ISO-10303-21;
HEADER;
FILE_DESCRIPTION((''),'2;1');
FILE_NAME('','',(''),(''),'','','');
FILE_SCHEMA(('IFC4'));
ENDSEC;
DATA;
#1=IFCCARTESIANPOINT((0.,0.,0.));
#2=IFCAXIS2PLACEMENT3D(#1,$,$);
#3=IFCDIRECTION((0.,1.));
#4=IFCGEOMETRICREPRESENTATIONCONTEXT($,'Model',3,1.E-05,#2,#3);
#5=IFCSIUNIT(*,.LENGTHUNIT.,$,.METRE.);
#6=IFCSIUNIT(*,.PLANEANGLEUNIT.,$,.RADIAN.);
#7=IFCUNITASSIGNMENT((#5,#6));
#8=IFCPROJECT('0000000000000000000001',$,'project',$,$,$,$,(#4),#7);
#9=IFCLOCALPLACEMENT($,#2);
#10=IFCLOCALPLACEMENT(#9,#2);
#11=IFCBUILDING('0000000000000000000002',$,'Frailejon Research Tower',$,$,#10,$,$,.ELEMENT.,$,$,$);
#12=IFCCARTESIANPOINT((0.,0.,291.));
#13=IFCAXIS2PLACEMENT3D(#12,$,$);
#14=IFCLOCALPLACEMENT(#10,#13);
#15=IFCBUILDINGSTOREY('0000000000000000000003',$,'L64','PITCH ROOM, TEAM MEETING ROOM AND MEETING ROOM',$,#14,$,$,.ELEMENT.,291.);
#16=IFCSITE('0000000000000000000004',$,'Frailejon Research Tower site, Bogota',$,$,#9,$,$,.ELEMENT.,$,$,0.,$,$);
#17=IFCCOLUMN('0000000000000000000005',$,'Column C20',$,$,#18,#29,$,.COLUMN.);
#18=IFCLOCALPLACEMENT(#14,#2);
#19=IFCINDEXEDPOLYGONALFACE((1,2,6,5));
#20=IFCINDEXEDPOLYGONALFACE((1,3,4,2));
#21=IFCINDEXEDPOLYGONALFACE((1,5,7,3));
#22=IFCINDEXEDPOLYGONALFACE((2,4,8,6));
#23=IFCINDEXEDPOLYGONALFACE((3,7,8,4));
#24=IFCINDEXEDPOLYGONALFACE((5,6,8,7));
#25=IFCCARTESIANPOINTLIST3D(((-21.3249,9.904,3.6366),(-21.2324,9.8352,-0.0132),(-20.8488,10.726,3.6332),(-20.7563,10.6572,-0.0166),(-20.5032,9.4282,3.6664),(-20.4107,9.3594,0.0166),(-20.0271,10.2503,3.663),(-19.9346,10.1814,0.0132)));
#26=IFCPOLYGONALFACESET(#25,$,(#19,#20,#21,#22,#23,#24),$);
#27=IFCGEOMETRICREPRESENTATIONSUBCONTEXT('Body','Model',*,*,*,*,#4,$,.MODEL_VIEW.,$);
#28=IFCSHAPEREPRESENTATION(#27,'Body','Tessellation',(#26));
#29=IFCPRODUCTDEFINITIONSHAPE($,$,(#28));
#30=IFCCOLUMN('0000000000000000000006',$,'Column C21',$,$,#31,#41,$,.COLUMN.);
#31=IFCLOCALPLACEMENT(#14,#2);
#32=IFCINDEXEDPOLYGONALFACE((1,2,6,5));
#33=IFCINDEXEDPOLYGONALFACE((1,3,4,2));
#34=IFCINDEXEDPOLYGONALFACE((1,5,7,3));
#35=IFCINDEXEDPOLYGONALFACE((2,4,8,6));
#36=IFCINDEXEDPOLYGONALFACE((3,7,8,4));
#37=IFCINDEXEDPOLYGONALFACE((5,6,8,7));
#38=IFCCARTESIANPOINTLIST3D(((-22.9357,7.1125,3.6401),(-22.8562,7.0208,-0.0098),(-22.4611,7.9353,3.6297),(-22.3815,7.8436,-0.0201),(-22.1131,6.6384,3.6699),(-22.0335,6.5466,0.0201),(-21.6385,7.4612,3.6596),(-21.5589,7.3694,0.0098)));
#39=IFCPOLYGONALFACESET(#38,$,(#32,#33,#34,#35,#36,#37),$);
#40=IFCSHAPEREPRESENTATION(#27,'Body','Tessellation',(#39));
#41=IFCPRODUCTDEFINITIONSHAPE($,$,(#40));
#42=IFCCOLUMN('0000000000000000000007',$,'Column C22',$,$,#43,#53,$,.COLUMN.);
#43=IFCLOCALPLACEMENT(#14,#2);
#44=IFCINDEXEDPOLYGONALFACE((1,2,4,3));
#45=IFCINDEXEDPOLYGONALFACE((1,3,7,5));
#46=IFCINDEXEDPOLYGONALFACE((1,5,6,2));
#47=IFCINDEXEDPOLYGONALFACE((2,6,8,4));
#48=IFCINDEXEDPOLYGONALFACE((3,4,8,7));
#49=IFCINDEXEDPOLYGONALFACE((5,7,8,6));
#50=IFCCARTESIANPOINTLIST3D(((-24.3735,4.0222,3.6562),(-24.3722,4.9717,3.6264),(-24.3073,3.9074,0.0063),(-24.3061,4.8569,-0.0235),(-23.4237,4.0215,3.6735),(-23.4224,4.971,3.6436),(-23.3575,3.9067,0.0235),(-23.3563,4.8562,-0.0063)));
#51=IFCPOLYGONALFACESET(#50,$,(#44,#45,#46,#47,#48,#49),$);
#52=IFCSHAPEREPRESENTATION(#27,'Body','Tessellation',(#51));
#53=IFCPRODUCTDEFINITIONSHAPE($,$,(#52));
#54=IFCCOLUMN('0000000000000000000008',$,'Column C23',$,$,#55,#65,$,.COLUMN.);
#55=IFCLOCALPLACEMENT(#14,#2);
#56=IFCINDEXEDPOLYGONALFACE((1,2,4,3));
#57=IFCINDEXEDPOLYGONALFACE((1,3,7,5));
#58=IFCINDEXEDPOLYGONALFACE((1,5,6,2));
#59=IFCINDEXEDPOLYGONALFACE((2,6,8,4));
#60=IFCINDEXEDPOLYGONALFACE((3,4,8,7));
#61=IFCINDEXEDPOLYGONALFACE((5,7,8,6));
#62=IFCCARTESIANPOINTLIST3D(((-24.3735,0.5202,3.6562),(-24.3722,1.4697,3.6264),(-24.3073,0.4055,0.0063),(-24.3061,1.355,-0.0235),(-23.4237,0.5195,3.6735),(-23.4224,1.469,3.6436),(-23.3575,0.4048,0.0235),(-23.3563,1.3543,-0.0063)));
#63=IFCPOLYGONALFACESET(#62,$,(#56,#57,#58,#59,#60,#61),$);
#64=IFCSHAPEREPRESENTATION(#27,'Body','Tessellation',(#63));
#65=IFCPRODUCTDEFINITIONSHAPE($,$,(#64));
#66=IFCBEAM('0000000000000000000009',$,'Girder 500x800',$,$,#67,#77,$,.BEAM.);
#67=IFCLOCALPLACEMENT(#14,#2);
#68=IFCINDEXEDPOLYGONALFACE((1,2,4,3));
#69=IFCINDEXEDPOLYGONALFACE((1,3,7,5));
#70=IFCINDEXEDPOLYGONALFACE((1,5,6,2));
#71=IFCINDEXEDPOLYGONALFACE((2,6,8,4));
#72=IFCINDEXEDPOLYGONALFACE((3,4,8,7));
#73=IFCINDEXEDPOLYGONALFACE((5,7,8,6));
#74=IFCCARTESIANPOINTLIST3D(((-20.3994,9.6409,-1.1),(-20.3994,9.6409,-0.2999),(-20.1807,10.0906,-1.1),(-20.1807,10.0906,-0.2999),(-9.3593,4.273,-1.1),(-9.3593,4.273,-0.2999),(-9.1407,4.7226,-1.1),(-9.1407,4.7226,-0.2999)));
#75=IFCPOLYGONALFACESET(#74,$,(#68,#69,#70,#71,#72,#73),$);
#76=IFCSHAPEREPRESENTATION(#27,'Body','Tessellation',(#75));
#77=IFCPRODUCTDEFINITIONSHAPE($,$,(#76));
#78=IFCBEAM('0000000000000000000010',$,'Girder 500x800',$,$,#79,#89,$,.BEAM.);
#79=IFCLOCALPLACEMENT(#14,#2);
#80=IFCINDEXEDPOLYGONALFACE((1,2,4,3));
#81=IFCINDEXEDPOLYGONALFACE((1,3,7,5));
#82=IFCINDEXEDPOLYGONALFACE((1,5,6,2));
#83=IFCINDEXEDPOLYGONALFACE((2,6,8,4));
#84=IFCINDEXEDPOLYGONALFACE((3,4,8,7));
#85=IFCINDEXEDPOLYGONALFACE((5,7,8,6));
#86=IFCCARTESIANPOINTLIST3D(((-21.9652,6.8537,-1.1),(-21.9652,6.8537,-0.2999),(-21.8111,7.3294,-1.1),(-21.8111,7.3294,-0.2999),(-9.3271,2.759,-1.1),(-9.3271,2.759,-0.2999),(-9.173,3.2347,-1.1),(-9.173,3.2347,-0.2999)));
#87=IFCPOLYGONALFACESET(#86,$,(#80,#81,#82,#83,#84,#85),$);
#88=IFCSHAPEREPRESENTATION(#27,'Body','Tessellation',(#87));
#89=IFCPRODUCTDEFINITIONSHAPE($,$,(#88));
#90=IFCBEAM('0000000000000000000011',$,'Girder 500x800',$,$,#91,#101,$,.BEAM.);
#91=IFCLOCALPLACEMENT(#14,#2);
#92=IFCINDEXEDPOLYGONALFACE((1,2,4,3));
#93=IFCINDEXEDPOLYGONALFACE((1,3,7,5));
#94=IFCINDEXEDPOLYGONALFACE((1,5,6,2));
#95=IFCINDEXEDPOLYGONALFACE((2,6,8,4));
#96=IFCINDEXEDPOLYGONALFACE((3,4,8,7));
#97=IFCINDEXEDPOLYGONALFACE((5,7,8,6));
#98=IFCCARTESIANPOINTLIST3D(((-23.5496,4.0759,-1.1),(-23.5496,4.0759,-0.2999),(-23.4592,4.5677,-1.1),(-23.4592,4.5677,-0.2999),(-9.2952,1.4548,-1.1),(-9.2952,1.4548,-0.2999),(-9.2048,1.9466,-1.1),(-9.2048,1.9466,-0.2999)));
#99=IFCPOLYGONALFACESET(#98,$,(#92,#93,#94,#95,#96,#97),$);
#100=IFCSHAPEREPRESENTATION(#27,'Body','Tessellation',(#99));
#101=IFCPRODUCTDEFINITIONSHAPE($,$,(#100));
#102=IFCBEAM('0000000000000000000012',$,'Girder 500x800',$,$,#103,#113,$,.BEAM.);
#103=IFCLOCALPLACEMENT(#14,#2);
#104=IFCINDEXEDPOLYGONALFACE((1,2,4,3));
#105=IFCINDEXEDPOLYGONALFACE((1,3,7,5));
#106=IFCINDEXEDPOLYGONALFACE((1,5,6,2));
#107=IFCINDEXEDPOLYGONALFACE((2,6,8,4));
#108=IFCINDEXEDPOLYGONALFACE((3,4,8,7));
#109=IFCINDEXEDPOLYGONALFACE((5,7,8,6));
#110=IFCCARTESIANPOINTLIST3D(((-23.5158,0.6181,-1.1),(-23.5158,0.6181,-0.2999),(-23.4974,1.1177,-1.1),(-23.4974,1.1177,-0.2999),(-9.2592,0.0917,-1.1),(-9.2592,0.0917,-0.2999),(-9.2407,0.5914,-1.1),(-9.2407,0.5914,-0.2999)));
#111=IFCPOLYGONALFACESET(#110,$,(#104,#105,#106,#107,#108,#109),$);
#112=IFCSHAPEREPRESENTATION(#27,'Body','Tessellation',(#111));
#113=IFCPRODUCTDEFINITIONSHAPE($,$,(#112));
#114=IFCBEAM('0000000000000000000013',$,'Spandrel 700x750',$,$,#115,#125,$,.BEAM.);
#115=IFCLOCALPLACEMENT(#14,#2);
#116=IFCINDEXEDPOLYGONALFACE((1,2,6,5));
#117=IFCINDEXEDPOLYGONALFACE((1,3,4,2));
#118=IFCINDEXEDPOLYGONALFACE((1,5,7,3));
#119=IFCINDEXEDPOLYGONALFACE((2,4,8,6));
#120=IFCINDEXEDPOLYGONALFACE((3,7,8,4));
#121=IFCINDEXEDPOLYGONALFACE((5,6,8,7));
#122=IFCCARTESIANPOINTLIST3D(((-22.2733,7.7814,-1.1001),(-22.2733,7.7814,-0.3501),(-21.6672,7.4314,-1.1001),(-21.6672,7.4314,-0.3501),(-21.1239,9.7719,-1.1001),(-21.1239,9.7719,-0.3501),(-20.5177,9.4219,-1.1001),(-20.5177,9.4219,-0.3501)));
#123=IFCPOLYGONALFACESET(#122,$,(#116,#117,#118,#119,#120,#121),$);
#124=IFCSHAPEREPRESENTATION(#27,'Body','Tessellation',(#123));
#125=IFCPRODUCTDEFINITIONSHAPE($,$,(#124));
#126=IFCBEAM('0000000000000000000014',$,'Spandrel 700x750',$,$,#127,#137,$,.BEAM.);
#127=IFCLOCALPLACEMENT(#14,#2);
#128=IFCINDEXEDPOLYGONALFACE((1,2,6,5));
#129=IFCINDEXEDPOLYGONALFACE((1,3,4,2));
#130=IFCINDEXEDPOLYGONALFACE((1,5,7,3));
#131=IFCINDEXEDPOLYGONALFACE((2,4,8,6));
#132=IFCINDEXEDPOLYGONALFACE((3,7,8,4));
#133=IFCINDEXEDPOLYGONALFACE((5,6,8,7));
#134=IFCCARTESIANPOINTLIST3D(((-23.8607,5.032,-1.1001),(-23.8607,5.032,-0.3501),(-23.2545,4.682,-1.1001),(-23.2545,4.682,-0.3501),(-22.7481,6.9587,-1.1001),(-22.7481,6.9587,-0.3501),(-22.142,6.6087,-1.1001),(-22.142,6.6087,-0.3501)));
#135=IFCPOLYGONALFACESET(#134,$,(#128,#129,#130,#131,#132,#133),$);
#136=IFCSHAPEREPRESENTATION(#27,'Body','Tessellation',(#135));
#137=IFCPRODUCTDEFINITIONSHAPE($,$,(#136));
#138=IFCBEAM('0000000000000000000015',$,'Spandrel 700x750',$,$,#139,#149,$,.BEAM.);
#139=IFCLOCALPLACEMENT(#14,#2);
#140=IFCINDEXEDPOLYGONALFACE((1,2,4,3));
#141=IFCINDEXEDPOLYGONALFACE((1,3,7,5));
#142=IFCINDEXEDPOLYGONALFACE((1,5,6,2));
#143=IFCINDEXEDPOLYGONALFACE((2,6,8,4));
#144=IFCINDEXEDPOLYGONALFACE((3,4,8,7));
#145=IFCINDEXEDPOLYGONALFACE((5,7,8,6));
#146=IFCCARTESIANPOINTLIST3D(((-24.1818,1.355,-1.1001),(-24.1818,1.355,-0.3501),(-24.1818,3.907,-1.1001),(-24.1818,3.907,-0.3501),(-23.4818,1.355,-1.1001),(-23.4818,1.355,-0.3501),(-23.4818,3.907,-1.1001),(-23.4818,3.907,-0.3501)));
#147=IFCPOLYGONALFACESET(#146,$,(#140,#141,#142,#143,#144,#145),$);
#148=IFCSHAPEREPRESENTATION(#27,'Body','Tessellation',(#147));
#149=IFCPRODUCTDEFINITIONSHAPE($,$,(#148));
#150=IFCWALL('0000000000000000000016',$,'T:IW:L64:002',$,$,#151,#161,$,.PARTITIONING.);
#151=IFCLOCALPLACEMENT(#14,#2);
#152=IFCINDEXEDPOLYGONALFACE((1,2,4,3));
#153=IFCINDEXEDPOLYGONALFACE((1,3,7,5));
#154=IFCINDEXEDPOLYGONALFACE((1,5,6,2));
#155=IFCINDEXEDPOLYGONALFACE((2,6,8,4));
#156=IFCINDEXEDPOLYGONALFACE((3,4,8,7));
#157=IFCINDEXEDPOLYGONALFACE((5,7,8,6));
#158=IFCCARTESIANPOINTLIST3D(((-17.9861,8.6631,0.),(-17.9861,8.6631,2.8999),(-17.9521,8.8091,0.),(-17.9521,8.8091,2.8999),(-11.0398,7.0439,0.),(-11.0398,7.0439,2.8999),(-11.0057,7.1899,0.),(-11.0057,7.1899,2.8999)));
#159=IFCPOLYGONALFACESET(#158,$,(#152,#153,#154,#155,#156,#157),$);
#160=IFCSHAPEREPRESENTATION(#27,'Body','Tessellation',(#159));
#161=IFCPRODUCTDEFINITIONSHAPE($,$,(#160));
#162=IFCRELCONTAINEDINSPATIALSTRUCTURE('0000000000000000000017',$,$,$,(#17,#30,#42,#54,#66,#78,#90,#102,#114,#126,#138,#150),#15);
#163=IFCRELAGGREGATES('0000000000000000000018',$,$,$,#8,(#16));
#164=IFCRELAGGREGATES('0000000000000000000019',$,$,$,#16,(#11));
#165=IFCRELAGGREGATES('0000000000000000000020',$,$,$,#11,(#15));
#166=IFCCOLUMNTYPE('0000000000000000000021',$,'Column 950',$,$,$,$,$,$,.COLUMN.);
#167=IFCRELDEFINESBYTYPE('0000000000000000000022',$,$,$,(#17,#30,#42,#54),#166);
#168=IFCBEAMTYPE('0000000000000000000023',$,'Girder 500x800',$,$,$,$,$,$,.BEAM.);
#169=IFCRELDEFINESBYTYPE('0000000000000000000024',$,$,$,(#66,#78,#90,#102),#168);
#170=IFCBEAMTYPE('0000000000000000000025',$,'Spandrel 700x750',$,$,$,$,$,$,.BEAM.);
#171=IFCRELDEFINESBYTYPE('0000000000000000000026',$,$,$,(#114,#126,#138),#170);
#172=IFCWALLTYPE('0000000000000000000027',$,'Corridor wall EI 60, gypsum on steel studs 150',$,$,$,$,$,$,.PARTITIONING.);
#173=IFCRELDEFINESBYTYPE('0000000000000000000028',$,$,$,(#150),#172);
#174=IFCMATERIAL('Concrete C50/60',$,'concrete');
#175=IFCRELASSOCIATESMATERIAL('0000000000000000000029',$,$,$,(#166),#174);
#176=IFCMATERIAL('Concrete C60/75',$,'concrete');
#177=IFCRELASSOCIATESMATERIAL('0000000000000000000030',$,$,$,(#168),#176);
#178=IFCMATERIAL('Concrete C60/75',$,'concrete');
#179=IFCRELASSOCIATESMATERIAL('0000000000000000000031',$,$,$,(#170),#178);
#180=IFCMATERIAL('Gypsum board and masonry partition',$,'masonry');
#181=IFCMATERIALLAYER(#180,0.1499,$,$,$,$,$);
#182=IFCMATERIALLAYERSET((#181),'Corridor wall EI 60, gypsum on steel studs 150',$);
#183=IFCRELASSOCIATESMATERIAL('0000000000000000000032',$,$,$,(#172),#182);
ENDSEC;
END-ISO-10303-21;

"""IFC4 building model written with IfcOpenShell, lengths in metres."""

from ifc_helpers import new_model, si_unit, direction, frame, frame_2d, origin, origin_2d, place, context, subcontext, project, spatial, rectangle, extrude, material, layer, layer_set, material_profile, profile_set, type_object, element, save


model = new_model("IFC4")

# Units and contexts
model_context = context("Model", 3, precision=1e-05, world=origin(), true_north=direction((0.0, 1.0)))
body_context = subcontext(model_context, "Body", "Model", "MODEL_VIEW")
ifc_project = project(units=[si_unit("LENGTHUNIT", "METRE"), si_unit("PLANEANGLEUNIT", "RADIAN")], contexts=[model_context])

# Site, building, storey
site_placement = place(None, origin())
site = spatial("IfcSite", under=ifc_project, at=site_placement, Name="Frailejon Research Tower site, Bogota", CompositionType="ELEMENT", RefElevation=0.0)
building_placement = place(site_placement, origin())
building = spatial("IfcBuilding", under=site, at=building_placement, Name="Frailejon Research Tower", CompositionType="ELEMENT")
storey_placement = place(building_placement, frame((0.0, 0.0, 291.0)))
storey = spatial("IfcBuildingStorey", under=building, at=storey_placement, Name="L64", Description="PITCH ROOM, TEAM MEETING ROOM AND MEETING ROOM", CompositionType="ELEMENT", Elevation=291.0)

# Columns
ifc_material_1 = material(Name="Concrete C50/60", Category="concrete")
ifc_material_profile_1 = material_profile(ifc_material_1, rectangle(XDim=0.95, YDim=0.95, at=origin_2d()), Name="Column 950")
ifc_profile_set_1 = profile_set([ifc_material_profile_1], Name="Concrete C50/60")
column_type = type_object("IfcColumnType", Name="Column 950", PredefinedType="COLUMN", material=ifc_profile_set_1)
column_1_placement = place(storey_placement, frame((-20.5835, 10.0083, 0.0), z_axis=(-0.025339, 0.018853, 0.999501), x_axis=(-0.501176, -0.865338, 0.003617)))
element("IfcColumn", 1, at=column_1_placement, inside=storey, type_object=column_type, Name="Column C20", PredefinedType="COLUMN", context=body_context, shape_type="SweptSolid", body=[
    extrude(rectangle(XDim=0.95, YDim=0.95, at=origin_2d()), origin(), (0.0, 0.0, 1.0), 3.6516),
])
column_2_placement = place(storey_placement, frame((-22.2075, 7.1951, 0.0), z_axis=(-0.021794, 0.025137, 0.999446), x_axis=(-0.499665, -0.86615, 0.010888)))
element("IfcColumn", 2, at=column_2_placement, inside=storey, type_object=column_type, Name="Column C21", PredefinedType="COLUMN", context=body_context, shape_type="SweptSolid", body=[
    extrude(rectangle(XDim=0.95, YDim=0.95, at=origin_2d()), origin(), (0.0, 0.0, 1.0), 3.6519),
])
for number, where, z_axis, x_axis, name in (
    (3, (-23.8318, 4.3818, 0.0), (-0.018115, 0.031417, 0.999342), (-0.001297, -0.999506, 0.031399), "Column C22"),
    (4, (-23.8318, 0.8799, 0.0), (-0.018115, 0.031417, 0.999342), (-0.001297, -0.999506, 0.031399), "Column C23"),
):
    element("IfcColumn", number, at=place(storey_placement, frame(where, z_axis=z_axis, x_axis=x_axis)), inside=storey, type_object=column_type, Name=name, PredefinedType="COLUMN", context=body_context, shape_type="SweptSolid", body=[
        extrude(rectangle(XDim=0.95, YDim=0.95, at=origin_2d()), origin(), (0.0, 0.0, 1.0), 3.6523),
    ])

# Beams
ifc_material_2 = material(Name="Concrete C60/75", Category="concrete")
ifc_material_profile_2 = material_profile(ifc_material_2, rectangle(XDim=0.5, YDim=0.8, at=origin_2d()), Name="Girder 500x800")
ifc_profile_set_2 = profile_set([ifc_material_profile_2], Name="Concrete C60/75")
beam_type_1 = type_object("IfcBeamType", Name="Girder 500x800", PredefinedType="BEAM", material=ifc_profile_set_2)
beam_1_placement = place(storey_placement, frame((-20.29, 9.8657, -0.7), z_axis=(0.899328, -0.437274, 0.0), x_axis=(0.437274, 0.899328, 0.0)))
element("IfcBeam", 5, at=beam_1_placement, inside=storey, type_object=beam_type_1, Name="Girder 500x800", PredefinedType="BEAM", context=body_context, shape_type="SweptSolid", body=[
    extrude(rectangle(XDim=0.5, YDim=0.8, at=origin_2d()), origin(), (0.0, 0.0, 1.0), 12.2759),
])
beam_2_placement = place(storey_placement, frame((-21.8882, 7.0916, -0.7), z_axis=(0.951314, -0.308222, 0.0), x_axis=(0.308222, 0.951314, 0.0)))
element("IfcBeam", 6, at=beam_2_placement, inside=storey, type_object=beam_type_1, Name="Girder 500x800", PredefinedType="BEAM", context=body_context, shape_type="SweptSolid", body=[
    extrude(rectangle(XDim=0.5, YDim=0.8, at=origin_2d()), origin(), (0.0, 0.0, 1.0), 13.2849),
])
beam_3_placement = place(storey_placement, frame((-23.5044, 4.3218, -0.7), z_axis=(0.983511, -0.180848, 0.0), x_axis=(0.180848, 0.983511, 0.0)))
element("IfcBeam", 7, at=beam_3_placement, inside=storey, type_object=beam_type_1, Name="Girder 500x800", PredefinedType="BEAM", context=body_context, shape_type="SweptSolid", body=[
    extrude(rectangle(XDim=0.5, YDim=0.8, at=origin_2d()), origin(), (0.0, 0.0, 1.0), 14.4934),
])
beam_4_placement = place(storey_placement, frame((-23.5066, 0.8679, -0.7), z_axis=(0.999319, -0.036896, 0.0), x_axis=(0.036896, 0.999319, 0.0)))
element("IfcBeam", 8, at=beam_4_placement, inside=storey, type_object=beam_type_1, Name="Girder 500x800", PredefinedType="BEAM", context=body_context, shape_type="SweptSolid", body=[
    extrude(rectangle(XDim=0.5, YDim=0.8, at=origin_2d()), origin(), (0.0, 0.0, 1.0), 14.2664),
])
ifc_material_3 = material(Name="Concrete C60/75", Category="concrete")
ifc_material_profile_3 = material_profile(ifc_material_3, rectangle(XDim=0.7, YDim=0.75, at=origin_2d()), Name="Spandrel 700x750")
ifc_profile_set_3 = profile_set([ifc_material_profile_3], Name="Concrete C60/75")
beam_type_2 = type_object("IfcBeamType", Name="Spandrel 700x750", PredefinedType="BEAM", material=ifc_profile_set_3)
beam_5_placement = place(storey_placement, frame((-20.8208, 9.5969, -0.7251), z_axis=(-0.500069, -0.865986, 0.0), x_axis=(0.865986, -0.500069, 0.0)))
element("IfcBeam", 9, at=beam_5_placement, inside=storey, type_object=beam_type_2, Name="Spandrel 700x750", PredefinedType="BEAM", context=body_context, shape_type="SweptSolid", body=[
    extrude(rectangle(XDim=0.7, YDim=0.75, at=origin_2d()), origin(), (0.0, 0.0, 1.0), 2.2986),
])
beam_6_placement = place(storey_placement, frame((-22.4451, 6.7837, -0.7251), z_axis=(-0.500045, -0.865999, 0.0), x_axis=(0.865999, -0.500045, 0.0)))
element("IfcBeam", 10, at=beam_6_placement, inside=storey, type_object=beam_type_2, Name="Spandrel 700x750", PredefinedType="BEAM", context=body_context, shape_type="SweptSolid", body=[
    extrude(rectangle(XDim=0.7, YDim=0.75, at=origin_2d()), origin(), (0.0, 0.0, 1.0), 2.2249),
])
beam_7_placement = place(storey_placement, frame((-23.8318, 3.907, -0.7251), z_axis=(0.0, -1.0, 0.0), x_axis=(1.0, 0.0, 0.0)))
element("IfcBeam", 11, at=beam_7_placement, inside=storey, type_object=beam_type_2, Name="Spandrel 700x750", PredefinedType="BEAM", context=body_context, shape_type="SweptSolid", body=[
    extrude(rectangle(XDim=0.7, YDim=0.75, at=origin_2d()), origin(), (0.0, 0.0, 1.0), 2.552),
])

# Wall
ifc_material_4 = material(Name="Gypsum board and masonry partition", Category="masonry")
ifc_layer_1 = layer(ifc_material_4, 0.1499)
ifc_layer_set_1 = layer_set([ifc_layer_1], Name="Corridor wall EI 60, gypsum on steel studs 150")
wall_type_1 = type_object("IfcWallType", Name="Corridor wall EI 60, gypsum on steel studs 150", PredefinedType="PARTITIONING", material=ifc_layer_set_1)
wall_1_placement = place(storey_placement, frame((-17.9692, 8.7361, 0.0), z_axis=(0.0, 0.0, 1.0), x_axis=(0.973893, -0.227009, 0.0)))
element("IfcWall", 12, at=wall_1_placement, inside=storey, type_object=wall_type_1, Name="T:IW:L64:002", PredefinedType="PARTITIONING", context=body_context, shape_type="SweptSolid", body=[
    extrude(rectangle(XDim=7.1326, YDim=0.1499, at=frame_2d((3.5664, 0.0))), origin(), (0.0, 0.0, 1.0), 2.8999),
])

save(model, "model.ifc")
